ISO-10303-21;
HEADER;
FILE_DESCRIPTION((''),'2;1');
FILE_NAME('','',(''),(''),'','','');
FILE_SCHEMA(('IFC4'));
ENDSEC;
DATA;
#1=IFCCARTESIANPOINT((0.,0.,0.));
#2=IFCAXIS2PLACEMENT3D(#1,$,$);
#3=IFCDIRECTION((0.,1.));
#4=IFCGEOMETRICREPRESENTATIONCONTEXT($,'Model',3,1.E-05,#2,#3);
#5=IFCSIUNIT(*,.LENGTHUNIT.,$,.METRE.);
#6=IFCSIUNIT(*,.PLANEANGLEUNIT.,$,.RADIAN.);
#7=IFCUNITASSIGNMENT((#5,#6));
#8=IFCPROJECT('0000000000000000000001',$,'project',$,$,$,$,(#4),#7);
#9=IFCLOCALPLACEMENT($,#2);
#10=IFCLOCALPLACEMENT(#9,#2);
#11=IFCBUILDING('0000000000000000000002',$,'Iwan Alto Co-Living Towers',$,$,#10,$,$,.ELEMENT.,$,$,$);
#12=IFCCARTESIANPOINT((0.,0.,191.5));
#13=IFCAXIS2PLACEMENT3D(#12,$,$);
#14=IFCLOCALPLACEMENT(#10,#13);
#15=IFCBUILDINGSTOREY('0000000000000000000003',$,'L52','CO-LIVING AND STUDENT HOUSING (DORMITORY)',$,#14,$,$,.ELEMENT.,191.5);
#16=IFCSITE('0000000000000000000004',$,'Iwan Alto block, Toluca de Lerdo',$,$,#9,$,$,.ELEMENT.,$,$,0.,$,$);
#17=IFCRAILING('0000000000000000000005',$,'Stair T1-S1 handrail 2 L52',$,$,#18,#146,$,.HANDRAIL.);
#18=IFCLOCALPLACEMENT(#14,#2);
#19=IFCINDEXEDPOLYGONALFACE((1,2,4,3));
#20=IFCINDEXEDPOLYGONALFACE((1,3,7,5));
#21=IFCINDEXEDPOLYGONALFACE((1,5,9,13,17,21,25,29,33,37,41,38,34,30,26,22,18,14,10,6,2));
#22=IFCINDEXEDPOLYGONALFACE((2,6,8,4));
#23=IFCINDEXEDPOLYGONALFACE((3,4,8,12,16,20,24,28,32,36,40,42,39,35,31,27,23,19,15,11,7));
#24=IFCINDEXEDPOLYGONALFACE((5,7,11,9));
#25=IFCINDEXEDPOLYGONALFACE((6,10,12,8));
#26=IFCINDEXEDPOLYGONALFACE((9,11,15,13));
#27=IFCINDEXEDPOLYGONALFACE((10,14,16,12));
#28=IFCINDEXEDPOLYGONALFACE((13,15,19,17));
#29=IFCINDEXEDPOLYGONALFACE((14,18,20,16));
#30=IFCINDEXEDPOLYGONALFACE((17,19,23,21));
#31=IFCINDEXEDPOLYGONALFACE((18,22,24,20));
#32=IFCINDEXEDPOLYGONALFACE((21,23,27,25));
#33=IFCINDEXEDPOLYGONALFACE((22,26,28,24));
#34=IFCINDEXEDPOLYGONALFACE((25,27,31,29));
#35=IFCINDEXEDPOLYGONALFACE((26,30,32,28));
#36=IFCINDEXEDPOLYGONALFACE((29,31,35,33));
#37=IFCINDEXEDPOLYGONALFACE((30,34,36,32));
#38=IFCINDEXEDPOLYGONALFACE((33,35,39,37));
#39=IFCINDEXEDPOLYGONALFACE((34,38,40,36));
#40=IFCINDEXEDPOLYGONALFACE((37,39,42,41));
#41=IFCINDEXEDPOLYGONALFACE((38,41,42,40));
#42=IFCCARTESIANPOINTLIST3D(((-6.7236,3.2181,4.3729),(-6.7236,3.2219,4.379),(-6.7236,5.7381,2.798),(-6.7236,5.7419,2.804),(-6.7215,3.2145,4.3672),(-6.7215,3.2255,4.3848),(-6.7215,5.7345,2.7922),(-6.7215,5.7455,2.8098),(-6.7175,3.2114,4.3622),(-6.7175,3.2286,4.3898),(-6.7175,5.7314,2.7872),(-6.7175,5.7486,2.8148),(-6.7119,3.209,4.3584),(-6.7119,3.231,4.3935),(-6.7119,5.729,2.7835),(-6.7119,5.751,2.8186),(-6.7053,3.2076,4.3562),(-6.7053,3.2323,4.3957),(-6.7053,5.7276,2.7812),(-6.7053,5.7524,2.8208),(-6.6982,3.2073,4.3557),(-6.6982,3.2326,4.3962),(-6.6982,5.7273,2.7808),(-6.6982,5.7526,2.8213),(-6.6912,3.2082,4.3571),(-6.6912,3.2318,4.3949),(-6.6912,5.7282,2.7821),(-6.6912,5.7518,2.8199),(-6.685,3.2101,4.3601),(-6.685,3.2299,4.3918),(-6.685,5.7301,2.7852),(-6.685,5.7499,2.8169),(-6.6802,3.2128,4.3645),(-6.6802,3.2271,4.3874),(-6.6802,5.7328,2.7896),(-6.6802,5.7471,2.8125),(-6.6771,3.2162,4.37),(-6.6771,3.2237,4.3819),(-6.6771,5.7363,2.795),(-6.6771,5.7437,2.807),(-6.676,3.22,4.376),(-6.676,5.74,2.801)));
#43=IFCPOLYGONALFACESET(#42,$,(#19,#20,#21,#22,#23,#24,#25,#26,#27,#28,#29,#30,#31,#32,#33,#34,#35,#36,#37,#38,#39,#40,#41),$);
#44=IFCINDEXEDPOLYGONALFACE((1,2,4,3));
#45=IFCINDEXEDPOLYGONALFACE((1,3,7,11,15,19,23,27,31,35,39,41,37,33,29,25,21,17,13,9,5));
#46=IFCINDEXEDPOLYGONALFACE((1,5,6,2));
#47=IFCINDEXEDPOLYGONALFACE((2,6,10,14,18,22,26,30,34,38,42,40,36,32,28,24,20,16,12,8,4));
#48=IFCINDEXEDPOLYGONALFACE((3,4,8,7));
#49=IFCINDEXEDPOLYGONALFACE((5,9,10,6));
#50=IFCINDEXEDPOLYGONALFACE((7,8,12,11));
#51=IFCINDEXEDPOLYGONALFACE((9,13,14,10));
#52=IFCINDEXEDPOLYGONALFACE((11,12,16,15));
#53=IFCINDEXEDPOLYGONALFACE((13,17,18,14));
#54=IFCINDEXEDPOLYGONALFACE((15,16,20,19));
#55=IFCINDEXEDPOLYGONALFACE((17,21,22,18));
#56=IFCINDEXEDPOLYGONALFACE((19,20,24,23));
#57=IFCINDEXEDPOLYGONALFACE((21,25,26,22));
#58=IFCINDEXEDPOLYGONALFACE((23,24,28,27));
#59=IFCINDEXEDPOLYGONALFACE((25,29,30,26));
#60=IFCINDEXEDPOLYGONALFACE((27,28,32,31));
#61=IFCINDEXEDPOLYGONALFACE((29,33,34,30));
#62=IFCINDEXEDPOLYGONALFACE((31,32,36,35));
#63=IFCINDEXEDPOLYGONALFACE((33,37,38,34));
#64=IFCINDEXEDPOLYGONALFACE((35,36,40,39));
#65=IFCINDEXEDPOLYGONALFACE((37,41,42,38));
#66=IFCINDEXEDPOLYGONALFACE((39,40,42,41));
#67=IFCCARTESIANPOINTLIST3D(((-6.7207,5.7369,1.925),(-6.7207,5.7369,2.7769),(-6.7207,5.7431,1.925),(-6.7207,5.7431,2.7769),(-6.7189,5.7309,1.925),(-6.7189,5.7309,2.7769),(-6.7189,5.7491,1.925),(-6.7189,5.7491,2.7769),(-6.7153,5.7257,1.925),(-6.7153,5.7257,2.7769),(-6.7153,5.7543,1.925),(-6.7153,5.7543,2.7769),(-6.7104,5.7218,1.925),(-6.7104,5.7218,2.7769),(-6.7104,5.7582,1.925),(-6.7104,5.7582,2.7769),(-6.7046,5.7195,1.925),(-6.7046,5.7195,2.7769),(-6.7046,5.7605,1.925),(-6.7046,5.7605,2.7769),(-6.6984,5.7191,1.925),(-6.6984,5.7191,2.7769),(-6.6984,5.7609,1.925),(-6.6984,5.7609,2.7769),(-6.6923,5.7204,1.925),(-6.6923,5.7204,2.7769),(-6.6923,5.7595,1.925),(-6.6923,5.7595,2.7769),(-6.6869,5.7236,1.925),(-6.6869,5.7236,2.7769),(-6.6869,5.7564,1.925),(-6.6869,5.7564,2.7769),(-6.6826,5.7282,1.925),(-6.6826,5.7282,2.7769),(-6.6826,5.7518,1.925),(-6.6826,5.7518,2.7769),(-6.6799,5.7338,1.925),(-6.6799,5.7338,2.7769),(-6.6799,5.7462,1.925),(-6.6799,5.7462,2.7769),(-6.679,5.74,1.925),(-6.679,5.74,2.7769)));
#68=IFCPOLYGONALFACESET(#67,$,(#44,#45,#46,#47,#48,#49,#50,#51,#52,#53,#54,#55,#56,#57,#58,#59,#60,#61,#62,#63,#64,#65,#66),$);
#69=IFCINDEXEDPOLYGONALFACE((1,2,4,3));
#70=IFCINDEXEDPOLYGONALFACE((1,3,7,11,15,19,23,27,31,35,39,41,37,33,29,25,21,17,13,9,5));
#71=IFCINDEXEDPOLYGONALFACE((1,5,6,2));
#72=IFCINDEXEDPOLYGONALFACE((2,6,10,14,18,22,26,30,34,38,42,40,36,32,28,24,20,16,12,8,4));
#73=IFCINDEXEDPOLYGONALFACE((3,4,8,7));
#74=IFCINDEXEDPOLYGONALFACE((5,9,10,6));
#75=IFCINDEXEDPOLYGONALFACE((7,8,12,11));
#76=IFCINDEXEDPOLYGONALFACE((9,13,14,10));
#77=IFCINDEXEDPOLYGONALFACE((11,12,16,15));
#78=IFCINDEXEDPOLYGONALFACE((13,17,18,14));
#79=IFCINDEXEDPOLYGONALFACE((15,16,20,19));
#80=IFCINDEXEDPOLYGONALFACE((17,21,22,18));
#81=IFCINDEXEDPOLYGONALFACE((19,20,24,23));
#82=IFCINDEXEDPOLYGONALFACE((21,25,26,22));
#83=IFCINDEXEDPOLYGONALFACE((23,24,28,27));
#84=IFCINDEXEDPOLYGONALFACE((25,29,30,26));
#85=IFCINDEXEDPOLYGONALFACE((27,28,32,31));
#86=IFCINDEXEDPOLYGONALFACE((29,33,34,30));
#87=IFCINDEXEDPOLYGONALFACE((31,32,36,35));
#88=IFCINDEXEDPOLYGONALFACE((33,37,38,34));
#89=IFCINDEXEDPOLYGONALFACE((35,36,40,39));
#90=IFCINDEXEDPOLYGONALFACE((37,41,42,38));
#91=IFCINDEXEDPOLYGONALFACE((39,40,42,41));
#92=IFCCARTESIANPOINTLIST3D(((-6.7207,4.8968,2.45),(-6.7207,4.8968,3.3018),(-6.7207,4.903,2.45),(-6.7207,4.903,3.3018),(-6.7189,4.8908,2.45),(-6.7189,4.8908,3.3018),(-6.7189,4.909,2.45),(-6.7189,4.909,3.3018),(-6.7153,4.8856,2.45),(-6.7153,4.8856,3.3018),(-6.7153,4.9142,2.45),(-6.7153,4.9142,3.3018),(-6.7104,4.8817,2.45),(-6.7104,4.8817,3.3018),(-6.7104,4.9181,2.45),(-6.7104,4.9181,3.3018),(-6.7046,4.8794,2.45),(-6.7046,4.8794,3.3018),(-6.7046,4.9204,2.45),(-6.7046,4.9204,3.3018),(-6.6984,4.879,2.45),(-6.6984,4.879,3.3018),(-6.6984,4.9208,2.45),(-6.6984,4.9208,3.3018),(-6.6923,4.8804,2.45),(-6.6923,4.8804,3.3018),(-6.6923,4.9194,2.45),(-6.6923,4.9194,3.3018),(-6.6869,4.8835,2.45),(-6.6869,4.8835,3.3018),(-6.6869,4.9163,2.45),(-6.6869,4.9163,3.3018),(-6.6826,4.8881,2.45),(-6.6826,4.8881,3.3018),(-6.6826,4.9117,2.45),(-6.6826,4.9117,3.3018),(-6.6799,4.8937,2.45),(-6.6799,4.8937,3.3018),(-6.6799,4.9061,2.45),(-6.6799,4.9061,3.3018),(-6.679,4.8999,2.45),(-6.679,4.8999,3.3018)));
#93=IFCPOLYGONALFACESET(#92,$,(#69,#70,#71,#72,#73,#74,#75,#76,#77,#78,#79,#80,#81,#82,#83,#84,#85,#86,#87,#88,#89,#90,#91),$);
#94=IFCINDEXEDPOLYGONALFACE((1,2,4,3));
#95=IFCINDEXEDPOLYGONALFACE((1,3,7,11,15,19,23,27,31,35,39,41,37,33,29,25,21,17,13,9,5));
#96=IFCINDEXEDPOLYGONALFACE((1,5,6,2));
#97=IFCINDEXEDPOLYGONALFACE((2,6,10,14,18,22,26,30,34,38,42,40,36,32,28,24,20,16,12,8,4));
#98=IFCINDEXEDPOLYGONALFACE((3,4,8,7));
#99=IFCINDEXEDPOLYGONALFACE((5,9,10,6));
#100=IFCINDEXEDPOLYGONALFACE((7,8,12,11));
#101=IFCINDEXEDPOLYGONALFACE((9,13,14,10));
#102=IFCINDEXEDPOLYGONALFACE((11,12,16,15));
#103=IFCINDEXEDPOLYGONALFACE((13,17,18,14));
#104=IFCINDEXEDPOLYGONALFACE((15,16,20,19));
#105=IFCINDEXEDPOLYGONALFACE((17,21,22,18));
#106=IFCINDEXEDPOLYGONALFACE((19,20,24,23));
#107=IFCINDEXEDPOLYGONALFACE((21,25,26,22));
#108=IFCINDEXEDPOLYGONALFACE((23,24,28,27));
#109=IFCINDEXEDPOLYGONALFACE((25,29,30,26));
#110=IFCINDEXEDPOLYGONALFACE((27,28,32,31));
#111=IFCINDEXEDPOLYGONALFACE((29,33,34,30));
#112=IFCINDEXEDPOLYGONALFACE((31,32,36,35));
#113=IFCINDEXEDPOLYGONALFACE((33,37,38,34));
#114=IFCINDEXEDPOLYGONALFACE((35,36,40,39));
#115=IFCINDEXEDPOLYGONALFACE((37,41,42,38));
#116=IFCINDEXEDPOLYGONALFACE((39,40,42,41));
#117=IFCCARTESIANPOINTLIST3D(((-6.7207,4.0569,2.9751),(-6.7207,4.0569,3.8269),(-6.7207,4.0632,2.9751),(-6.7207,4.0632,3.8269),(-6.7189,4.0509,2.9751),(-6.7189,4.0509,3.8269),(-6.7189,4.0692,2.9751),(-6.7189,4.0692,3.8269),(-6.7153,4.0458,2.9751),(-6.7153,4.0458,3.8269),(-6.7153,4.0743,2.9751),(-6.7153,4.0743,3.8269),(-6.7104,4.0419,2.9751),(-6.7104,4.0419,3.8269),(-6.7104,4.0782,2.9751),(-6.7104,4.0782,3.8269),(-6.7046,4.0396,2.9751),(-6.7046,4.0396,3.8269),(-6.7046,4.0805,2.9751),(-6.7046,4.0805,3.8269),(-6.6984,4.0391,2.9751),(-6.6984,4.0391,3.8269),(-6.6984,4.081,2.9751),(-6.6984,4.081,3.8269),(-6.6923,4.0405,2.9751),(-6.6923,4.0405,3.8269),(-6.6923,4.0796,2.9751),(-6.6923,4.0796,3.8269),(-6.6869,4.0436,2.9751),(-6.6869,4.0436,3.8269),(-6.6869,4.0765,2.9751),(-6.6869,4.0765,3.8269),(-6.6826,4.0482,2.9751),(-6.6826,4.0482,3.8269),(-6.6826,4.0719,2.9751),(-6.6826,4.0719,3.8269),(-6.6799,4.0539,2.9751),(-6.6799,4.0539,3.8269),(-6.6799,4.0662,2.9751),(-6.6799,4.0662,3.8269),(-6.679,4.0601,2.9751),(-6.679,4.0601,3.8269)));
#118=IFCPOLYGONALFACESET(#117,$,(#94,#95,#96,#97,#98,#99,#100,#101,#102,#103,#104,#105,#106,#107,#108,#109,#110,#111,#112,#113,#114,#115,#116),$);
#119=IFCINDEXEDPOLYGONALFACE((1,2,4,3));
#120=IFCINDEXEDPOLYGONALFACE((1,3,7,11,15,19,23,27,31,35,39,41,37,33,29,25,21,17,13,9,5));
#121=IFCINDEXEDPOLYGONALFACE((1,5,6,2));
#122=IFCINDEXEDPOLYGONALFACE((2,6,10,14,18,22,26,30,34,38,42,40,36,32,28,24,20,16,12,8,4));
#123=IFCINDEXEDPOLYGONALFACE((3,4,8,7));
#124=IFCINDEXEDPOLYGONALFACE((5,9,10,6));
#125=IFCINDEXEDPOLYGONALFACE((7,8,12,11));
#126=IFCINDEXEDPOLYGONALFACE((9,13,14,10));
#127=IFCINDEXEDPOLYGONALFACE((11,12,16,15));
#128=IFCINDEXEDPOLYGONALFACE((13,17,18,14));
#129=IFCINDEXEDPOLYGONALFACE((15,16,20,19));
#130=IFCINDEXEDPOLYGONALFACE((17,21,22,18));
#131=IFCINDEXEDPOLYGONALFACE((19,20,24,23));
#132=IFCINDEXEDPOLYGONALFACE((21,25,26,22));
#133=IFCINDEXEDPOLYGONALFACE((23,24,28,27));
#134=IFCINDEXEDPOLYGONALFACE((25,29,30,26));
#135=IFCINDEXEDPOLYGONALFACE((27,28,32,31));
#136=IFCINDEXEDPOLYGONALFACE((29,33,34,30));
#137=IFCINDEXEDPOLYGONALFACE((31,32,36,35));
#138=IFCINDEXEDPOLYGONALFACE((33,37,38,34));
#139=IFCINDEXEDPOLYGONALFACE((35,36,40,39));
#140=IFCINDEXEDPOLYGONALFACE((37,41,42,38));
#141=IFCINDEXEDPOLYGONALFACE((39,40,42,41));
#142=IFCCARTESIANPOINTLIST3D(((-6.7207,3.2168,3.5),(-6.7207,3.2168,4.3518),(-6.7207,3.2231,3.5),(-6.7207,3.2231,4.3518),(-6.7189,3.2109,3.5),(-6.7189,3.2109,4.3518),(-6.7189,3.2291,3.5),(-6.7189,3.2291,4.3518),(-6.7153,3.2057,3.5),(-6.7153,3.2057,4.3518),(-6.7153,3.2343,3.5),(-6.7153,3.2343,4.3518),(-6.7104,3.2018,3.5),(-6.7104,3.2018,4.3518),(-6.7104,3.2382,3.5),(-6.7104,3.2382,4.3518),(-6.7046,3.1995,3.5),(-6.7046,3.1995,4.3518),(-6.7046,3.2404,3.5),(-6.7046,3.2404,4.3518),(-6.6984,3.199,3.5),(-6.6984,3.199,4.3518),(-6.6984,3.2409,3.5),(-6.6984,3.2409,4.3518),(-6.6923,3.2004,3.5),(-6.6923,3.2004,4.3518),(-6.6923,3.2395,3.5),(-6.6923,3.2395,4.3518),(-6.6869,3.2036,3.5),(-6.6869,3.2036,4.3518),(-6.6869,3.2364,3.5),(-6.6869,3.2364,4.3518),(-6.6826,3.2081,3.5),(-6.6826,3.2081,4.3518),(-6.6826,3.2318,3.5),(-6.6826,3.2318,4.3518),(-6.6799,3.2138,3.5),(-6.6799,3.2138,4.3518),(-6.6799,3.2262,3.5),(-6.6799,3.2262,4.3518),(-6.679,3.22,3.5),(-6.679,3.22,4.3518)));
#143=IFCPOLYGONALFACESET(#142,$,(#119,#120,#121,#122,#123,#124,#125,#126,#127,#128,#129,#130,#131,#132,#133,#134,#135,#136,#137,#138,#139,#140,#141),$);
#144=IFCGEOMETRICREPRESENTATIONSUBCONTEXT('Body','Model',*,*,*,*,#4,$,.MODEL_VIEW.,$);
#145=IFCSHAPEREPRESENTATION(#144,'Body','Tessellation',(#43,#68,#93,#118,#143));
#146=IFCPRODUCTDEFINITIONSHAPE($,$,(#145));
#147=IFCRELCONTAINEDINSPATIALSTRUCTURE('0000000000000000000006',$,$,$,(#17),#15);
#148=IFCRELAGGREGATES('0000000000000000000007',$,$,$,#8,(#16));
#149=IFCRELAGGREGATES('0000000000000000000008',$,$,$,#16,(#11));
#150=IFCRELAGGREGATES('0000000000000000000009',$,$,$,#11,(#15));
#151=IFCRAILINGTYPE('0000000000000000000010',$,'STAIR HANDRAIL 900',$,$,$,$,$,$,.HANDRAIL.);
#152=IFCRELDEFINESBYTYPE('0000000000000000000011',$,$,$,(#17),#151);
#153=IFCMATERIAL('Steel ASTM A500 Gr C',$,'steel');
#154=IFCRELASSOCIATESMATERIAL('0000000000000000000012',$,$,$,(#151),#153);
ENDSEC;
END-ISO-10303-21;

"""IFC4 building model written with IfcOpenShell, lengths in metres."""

from ifc_helpers import new_model, si_unit, direction, frame, origin, origin_2d, place, context, subcontext, project, spatial, circle, extrude, material, type_object, element, save


model = new_model("IFC4")

# Units and contexts
model_context = context("Model", 3, precision=1e-05, world=origin(), true_north=direction((0.0, 1.0)))
body_context = subcontext(model_context, "Body", "Model", "MODEL_VIEW")
ifc_project = project(units=[si_unit("LENGTHUNIT", "METRE"), si_unit("PLANEANGLEUNIT", "RADIAN")], contexts=[model_context])

# Site, building, storey
site_placement = place(None, origin())
site = spatial("IfcSite", under=ifc_project, at=site_placement, Name="Iwan Alto block, Toluca de Lerdo", CompositionType="ELEMENT", RefElevation=0.0)
building_placement = place(site_placement, origin())
building = spatial("IfcBuilding", under=site, at=building_placement, Name="Iwan Alto Co-Living Towers", CompositionType="ELEMENT")
storey_placement = place(building_placement, frame((0.0, 0.0, 191.5)))
storey = spatial("IfcBuildingStorey", under=building, at=storey_placement, Name="L52", Description="CO-LIVING AND STUDENT HOUSING (DORMITORY)", CompositionType="ELEMENT", Elevation=191.5)

# Railing
ifc_material_1 = material(Name="Steel ASTM A500 Gr C", Category="steel")
railing_type_1 = type_object("IfcRailingType", Name="STAIR HANDRAIL 900", PredefinedType="HANDRAIL", material=ifc_material_1)
railing_1_placement = place(storey_placement, frame((-6.7, 5.74, 1.925)))
element("IfcRailing", 1, at=railing_1_placement, inside=storey, type_object=railing_type_1, Name="Stair T1-S1 handrail 2 L52", PredefinedType="HANDRAIL", context=body_context, shape_type="SweptSolid", body=[
    extrude(circle(Radius=0.0239, at=origin_2d()), frame((0.0, 0.0, 0.876), z_axis=(0.0, -0.848008, 0.529984), x_axis=(1.0, 0.0, 0.0)), (0.0, 0.0, 1.0), 2.9717),
    extrude(circle(Radius=0.021, at=origin_2d()), origin(), (0.0, 0.0, 1.0), 0.8518),
    extrude(circle(Radius=0.021, at=origin_2d()), frame((0.0, -0.8401, 0.5249)), (0.0, 0.0, 1.0), 0.8518),
    extrude(circle(Radius=0.021, at=origin_2d()), frame((0.0, -1.6799, 1.05)), (0.0, 0.0, 1.0), 0.8518),
    extrude(circle(Radius=0.021, at=origin_2d()), frame((0.0, -2.52, 1.575)), (0.0, 0.0, 1.0), 0.8518),
])

save(model, "model.ifc")
